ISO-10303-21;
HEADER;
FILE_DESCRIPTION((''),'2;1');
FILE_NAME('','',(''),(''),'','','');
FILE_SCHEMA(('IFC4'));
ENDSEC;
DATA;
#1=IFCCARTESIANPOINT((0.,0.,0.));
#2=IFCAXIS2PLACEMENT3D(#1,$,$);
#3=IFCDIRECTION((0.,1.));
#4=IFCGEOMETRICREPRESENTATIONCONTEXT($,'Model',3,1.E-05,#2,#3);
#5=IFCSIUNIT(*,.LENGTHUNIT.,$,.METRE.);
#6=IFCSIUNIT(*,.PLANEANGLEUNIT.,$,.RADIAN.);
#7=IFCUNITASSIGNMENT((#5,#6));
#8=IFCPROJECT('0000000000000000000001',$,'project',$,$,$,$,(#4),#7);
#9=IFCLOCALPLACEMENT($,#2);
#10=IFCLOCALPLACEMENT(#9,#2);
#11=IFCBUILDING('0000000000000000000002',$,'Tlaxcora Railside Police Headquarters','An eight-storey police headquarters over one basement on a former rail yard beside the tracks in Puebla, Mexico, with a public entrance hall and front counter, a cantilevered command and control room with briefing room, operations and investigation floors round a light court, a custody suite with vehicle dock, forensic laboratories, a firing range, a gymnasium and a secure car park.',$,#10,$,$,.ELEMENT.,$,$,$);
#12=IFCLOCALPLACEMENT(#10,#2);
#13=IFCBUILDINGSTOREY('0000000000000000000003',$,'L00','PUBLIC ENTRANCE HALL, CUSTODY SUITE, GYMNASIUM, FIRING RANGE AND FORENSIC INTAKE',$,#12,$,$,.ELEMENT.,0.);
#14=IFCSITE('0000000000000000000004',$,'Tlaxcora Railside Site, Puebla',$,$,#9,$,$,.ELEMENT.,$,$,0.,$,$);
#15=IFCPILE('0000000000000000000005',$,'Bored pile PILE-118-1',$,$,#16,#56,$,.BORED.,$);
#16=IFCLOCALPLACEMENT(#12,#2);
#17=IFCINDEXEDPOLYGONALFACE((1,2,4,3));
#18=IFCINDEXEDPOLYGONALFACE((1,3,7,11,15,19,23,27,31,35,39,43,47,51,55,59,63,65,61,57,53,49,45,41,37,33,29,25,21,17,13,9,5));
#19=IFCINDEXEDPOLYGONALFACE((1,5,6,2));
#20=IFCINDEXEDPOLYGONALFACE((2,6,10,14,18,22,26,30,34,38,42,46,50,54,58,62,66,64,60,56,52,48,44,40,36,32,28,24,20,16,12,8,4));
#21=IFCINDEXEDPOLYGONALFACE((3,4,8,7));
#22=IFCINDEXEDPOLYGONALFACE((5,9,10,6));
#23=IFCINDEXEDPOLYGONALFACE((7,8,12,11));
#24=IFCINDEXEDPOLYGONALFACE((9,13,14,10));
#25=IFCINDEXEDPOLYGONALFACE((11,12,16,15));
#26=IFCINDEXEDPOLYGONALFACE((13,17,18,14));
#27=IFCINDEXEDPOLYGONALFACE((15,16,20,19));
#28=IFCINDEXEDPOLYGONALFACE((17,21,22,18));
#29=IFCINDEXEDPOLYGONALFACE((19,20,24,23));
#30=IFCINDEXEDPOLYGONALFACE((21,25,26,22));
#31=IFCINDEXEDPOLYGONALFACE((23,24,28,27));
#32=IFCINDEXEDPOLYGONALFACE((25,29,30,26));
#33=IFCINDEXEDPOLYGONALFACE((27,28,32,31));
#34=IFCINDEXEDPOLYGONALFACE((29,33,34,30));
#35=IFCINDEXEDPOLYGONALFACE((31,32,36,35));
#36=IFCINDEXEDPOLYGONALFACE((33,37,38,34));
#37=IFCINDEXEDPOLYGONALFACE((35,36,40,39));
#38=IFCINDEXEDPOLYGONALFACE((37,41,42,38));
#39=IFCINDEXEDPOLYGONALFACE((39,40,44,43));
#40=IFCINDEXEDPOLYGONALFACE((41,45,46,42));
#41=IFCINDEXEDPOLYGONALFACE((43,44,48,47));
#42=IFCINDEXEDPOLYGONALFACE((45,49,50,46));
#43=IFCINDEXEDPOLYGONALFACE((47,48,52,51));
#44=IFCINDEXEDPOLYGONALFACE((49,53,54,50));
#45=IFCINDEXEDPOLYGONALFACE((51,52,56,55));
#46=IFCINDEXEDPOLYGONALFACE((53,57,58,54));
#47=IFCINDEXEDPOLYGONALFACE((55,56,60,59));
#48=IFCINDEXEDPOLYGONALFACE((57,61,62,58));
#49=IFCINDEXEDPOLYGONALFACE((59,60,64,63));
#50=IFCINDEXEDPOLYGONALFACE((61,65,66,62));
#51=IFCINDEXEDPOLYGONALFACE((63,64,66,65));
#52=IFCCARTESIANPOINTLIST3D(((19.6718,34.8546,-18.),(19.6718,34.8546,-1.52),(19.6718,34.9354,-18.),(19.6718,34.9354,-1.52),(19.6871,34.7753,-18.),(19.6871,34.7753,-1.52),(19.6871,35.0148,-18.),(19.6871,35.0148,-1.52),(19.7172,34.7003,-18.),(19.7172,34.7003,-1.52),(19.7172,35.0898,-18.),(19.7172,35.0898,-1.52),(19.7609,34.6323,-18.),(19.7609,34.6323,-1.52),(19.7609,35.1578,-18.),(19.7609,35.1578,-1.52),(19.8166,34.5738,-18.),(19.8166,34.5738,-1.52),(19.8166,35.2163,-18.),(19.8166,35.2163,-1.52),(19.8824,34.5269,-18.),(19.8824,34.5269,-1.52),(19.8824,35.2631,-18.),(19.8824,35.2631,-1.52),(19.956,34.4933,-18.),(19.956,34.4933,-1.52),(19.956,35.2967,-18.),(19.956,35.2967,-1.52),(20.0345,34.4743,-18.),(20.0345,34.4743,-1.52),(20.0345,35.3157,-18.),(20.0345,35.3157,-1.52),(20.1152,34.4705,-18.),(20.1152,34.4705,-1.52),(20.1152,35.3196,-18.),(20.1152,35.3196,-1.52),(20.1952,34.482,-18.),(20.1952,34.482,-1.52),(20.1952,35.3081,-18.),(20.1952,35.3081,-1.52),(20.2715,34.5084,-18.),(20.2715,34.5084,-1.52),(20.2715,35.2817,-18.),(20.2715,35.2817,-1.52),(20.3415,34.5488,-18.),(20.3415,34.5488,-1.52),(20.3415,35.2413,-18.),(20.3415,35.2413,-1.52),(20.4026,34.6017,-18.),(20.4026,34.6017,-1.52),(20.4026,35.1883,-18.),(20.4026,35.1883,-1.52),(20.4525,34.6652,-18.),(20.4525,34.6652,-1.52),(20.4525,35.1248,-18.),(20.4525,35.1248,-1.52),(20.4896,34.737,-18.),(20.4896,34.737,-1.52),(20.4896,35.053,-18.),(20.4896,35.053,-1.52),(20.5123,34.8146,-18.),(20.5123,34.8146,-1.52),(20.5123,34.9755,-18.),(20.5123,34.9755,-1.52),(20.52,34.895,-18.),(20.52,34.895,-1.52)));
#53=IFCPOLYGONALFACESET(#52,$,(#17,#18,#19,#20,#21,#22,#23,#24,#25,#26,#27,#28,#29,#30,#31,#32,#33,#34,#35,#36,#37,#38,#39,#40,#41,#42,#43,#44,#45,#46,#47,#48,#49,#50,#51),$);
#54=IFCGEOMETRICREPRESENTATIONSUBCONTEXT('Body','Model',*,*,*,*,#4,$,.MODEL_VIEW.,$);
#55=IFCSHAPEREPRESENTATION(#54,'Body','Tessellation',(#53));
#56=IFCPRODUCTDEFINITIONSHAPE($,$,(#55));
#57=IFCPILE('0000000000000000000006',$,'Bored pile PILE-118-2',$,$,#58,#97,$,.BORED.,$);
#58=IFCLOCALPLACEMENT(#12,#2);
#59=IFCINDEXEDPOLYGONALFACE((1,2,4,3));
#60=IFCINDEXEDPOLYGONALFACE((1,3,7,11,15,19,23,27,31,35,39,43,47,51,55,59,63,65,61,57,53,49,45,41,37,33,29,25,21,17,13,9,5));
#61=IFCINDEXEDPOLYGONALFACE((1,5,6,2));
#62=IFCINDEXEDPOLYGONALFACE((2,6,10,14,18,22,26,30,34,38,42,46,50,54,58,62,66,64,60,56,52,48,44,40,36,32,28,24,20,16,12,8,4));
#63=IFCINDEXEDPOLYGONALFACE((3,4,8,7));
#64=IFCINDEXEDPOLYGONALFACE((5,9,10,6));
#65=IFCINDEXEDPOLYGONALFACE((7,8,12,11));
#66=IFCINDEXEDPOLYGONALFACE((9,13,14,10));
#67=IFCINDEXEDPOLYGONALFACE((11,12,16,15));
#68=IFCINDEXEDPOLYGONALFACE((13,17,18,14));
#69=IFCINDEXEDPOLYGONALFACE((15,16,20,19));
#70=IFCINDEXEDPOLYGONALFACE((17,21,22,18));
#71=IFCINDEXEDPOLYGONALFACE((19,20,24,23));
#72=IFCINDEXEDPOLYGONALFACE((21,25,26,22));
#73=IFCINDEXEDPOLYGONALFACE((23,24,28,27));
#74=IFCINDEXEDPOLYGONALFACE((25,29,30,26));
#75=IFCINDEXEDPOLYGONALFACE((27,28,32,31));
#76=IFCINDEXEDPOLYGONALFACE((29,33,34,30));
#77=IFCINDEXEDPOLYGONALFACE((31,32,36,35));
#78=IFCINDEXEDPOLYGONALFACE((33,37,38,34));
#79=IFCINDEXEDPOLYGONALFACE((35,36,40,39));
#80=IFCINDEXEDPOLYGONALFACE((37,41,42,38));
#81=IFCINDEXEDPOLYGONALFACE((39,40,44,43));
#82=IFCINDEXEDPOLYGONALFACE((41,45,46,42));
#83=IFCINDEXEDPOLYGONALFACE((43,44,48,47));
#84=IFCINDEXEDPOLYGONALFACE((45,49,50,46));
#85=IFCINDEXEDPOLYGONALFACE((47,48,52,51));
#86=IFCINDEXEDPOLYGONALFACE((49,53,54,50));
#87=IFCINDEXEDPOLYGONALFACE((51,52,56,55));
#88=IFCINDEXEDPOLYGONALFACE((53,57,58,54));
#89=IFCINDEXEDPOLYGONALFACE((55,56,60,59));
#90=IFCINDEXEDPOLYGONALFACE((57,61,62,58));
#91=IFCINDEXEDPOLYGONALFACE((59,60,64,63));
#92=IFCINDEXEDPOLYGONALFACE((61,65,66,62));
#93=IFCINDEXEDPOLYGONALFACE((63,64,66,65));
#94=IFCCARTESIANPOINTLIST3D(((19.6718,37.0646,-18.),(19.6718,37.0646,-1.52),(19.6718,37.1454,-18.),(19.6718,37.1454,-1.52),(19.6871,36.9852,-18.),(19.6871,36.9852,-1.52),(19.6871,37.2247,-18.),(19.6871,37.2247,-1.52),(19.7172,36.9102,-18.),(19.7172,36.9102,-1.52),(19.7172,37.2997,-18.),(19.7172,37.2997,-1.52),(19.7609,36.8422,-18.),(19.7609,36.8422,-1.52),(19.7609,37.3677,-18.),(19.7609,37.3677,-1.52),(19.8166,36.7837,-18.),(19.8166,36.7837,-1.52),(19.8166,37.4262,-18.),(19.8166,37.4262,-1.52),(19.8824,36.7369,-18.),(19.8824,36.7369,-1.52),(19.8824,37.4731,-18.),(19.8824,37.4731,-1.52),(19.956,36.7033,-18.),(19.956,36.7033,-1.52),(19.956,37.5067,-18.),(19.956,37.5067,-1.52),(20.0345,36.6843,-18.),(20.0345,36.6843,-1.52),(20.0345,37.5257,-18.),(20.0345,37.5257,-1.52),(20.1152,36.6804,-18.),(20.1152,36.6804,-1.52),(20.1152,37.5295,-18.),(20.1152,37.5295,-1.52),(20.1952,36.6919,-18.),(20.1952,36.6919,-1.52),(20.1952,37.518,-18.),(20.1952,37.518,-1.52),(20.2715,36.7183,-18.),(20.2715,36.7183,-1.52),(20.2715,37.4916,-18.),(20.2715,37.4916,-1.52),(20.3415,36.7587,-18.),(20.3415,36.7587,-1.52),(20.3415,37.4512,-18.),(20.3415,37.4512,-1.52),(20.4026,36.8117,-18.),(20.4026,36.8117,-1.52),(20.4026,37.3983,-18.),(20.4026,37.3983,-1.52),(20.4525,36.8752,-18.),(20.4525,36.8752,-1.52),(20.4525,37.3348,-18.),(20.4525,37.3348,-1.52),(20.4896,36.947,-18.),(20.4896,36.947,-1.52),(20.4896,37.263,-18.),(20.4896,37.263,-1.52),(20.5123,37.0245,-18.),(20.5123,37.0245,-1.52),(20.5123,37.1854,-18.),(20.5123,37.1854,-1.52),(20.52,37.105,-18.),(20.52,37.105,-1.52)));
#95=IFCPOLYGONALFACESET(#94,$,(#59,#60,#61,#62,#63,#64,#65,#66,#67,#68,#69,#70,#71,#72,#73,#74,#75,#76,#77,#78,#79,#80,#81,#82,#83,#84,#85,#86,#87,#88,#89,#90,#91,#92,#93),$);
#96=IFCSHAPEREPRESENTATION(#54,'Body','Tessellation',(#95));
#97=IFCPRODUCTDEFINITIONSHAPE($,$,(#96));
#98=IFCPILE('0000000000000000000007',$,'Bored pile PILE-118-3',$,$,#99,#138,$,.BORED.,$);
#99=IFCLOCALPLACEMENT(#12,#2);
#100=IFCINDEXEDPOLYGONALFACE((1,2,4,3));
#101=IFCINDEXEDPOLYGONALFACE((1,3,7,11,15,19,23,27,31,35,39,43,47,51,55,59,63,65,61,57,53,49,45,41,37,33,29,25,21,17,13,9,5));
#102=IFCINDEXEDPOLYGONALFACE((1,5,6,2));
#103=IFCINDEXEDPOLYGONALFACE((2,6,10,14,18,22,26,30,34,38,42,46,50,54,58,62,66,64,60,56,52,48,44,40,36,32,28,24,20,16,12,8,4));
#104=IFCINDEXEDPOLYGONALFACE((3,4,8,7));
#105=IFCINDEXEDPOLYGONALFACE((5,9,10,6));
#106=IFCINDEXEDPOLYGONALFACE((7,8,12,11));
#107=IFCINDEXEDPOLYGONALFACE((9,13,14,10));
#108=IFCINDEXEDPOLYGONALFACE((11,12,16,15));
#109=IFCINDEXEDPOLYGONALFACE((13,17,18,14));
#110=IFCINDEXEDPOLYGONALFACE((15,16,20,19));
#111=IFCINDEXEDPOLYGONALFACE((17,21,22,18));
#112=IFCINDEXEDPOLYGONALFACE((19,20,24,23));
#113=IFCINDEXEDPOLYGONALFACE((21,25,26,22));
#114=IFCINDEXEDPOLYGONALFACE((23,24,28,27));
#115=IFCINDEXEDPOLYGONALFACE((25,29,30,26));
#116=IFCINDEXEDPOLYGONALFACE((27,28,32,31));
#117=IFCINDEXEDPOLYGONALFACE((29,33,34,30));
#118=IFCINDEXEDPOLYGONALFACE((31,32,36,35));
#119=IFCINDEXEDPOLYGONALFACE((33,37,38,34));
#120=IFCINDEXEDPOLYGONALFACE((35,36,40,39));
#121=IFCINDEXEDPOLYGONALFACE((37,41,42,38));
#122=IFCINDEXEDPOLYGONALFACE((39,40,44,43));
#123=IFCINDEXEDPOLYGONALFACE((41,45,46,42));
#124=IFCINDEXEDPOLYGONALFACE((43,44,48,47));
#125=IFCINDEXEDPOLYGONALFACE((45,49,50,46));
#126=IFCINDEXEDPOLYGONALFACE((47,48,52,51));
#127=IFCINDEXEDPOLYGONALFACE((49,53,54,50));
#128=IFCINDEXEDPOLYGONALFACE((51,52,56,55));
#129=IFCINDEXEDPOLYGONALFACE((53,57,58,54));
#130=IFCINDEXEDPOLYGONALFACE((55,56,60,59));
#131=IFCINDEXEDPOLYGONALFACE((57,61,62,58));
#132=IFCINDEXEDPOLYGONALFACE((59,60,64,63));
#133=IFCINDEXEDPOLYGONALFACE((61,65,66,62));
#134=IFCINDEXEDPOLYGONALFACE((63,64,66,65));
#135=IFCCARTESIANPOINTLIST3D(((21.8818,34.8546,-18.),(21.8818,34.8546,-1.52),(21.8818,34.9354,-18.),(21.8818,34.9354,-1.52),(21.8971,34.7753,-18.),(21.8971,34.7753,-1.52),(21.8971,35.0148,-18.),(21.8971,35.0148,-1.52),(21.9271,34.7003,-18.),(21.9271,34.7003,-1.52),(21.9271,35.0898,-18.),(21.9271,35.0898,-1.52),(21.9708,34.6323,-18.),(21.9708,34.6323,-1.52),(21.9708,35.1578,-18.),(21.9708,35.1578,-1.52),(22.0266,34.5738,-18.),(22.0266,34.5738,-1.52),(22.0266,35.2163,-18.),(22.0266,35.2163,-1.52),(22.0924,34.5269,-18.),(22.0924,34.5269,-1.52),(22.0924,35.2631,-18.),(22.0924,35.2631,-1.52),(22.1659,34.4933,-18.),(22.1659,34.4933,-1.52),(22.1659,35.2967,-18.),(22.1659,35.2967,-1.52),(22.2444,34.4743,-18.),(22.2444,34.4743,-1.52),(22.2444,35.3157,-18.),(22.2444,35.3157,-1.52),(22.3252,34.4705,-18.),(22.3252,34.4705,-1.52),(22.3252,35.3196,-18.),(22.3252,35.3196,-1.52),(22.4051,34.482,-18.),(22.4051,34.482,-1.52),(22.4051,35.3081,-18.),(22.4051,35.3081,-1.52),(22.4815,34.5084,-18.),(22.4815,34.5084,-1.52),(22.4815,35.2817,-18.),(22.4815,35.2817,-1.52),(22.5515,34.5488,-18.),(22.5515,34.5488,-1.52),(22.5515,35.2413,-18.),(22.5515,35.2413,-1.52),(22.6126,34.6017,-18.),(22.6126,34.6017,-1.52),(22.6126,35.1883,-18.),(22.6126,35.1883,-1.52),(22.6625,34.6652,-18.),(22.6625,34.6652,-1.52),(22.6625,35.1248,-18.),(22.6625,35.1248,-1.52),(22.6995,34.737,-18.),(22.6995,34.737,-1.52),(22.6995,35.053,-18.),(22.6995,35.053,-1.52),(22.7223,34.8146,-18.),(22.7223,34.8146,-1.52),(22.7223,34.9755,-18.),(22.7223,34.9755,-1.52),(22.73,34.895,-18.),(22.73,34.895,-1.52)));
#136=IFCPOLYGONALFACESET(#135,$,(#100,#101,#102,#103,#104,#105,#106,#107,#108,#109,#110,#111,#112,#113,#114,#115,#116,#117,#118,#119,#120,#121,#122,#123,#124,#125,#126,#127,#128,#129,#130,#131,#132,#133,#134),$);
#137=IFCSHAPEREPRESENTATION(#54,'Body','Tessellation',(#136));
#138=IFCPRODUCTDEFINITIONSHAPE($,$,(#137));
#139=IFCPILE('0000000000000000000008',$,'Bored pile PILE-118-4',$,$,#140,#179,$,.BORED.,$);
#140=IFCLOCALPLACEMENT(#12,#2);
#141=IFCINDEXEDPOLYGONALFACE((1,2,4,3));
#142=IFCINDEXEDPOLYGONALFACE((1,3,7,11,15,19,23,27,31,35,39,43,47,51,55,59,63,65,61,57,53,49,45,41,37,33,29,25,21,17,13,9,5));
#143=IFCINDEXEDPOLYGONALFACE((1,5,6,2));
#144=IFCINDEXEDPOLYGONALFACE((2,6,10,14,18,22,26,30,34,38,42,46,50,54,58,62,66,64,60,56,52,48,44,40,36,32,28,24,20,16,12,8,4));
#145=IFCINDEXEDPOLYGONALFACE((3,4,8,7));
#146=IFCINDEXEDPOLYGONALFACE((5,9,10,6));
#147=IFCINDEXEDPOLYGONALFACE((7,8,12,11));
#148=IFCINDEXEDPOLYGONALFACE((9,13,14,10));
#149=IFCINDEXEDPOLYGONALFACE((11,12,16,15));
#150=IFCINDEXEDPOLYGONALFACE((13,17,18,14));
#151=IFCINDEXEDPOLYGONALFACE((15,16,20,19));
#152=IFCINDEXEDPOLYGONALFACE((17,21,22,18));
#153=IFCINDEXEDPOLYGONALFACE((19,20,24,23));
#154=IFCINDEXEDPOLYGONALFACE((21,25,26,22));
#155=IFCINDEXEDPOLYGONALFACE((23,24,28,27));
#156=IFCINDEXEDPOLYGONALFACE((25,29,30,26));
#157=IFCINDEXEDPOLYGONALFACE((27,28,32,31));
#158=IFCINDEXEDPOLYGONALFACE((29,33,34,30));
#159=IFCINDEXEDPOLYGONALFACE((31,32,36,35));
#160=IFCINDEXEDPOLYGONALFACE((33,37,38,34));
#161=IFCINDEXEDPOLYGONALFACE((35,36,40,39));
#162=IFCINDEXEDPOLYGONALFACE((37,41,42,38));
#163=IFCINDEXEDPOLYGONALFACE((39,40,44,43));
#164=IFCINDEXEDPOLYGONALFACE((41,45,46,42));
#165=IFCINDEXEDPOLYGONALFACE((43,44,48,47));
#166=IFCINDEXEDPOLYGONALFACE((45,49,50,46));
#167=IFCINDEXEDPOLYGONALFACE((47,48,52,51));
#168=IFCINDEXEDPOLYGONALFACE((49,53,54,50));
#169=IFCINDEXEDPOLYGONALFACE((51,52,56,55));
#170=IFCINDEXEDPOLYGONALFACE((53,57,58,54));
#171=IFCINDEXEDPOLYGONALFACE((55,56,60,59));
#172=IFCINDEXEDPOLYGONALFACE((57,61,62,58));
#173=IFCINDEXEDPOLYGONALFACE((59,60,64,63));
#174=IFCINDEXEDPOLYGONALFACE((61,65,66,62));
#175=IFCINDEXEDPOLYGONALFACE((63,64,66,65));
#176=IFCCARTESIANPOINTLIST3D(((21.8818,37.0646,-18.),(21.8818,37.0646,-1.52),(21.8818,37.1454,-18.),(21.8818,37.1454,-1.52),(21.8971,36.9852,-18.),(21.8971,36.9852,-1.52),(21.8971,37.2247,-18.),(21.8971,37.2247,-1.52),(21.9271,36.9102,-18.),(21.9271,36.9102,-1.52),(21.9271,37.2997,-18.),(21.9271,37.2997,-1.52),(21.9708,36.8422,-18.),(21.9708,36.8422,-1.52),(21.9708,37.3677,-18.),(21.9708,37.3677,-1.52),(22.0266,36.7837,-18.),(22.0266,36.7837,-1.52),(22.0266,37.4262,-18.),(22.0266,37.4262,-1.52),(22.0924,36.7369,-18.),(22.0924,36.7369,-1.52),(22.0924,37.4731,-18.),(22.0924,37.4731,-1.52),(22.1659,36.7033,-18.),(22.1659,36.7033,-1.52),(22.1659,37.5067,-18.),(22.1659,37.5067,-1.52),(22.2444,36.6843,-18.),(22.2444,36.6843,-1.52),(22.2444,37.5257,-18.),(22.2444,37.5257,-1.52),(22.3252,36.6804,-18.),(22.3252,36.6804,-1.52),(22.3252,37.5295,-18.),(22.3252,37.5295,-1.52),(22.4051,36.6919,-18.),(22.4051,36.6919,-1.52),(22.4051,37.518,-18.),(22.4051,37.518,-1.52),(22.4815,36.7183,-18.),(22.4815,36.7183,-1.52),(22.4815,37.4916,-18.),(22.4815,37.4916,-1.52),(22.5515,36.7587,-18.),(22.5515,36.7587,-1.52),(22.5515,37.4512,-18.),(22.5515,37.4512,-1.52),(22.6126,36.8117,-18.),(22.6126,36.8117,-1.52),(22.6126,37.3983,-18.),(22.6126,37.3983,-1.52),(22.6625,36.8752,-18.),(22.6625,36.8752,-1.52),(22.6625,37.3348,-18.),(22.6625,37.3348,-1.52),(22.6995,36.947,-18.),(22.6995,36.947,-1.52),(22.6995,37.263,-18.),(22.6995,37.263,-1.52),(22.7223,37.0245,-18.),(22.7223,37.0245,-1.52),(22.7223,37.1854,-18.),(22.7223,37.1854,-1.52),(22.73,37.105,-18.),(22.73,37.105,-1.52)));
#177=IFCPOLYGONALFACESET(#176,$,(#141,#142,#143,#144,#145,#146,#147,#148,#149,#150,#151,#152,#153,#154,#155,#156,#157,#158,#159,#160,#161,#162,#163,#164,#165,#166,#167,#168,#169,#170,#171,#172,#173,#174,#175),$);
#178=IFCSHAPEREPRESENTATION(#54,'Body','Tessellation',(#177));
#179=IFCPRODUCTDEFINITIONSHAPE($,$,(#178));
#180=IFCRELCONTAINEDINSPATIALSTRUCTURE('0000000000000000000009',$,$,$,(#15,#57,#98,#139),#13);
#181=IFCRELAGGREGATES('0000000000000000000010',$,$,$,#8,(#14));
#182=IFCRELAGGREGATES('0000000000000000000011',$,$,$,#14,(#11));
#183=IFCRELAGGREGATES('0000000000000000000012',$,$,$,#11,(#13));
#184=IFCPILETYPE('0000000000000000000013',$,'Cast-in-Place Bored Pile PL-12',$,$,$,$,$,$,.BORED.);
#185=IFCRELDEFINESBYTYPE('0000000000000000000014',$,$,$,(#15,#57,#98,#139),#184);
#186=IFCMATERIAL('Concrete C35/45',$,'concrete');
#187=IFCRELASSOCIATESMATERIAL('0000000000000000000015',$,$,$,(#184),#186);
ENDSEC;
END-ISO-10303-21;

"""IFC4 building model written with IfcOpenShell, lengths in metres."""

from ifc_helpers import new_model, si_unit, direction, frame, origin, origin_2d, place, context, subcontext, project, spatial, circle, extrude, material, material_profile, profile_set, type_object, element, save


model = new_model("IFC4")

# Units and contexts
model_context = context("Model", 3, precision=1e-05, world=origin(), true_north=direction((0.0, 1.0)))
body_context = subcontext(model_context, "Body", "Model", "MODEL_VIEW")
ifc_project = project(units=[si_unit("LENGTHUNIT", "METRE"), si_unit("PLANEANGLEUNIT", "RADIAN")], contexts=[model_context])

# Site, building, storey
site_placement = place(None, origin())
site = spatial("IfcSite", under=ifc_project, at=site_placement, Name="Tlaxcora Railside Site, Puebla", CompositionType="ELEMENT", RefElevation=0.0)
building_placement = place(site_placement, origin())
building = spatial("IfcBuilding", under=site, at=building_placement, Name="Tlaxcora Railside Police Headquarters", Description="An eight-storey police headquarters over one basement on a former rail yard beside the tracks in Puebla, Mexico, with a public entrance hall and front counter, a cantilevered command and control room with briefing room, operations and investigation floors round a light court, a custody suite with vehicle dock, forensic laboratories, a firing range, a gymnasium and a secure car park.", CompositionType="ELEMENT")
storey_placement = place(building_placement, origin())
storey = spatial("IfcBuildingStorey", under=building, at=storey_placement, Name="L00", Description="PUBLIC ENTRANCE HALL, CUSTODY SUITE, GYMNASIUM, FIRING RANGE AND FORENSIC INTAKE", CompositionType="ELEMENT", Elevation=0.0)

# Piles
ifc_material_1 = material(Name="Concrete C35/45", Category="concrete")
ifc_material_profile_1 = material_profile(ifc_material_1, circle(Radius=0.425, at=origin_2d()), Name="PILE850")
ifc_profile_set_1 = profile_set([ifc_material_profile_1], Name="Concrete C35/45")
pile_type_1 = type_object("IfcPileType", Name="Cast-in-Place Bored Pile PL-12", PredefinedType="BORED", material=ifc_profile_set_1)
for number, where, z_axis, x_axis, name in (
    (1, (20.095, 34.895, -1.52), (0.0, 0.0, -1.0), (1.0, 0.0, 0.0), "Bored pile PILE-118-1"),
    (2, (20.095, 37.105, -1.52), (0.0, 0.0, -1.0), (1.0, 0.0, 0.0), "Bored pile PILE-118-2"),
    (3, (22.3049, 34.895, -1.52), (0.0, 0.0, -1.0), (1.0, 0.0, 0.0), "Bored pile PILE-118-3"),
    (4, (22.3049, 37.105, -1.52), (0.0, 0.0, -1.0), (1.0, 0.0, 0.0), "Bored pile PILE-118-4"),
):
    element("IfcPile", number, at=place(storey_placement, frame(where, z_axis=z_axis, x_axis=x_axis)), inside=storey, type_object=pile_type_1, Name=name, PredefinedType="BORED", context=body_context, shape_type="SweptSolid", body=[
        extrude(circle(Radius=0.425, at=origin_2d()), origin(), (0.0, 0.0, 1.0), 16.48),
    ])

save(model, "model.ifc")
